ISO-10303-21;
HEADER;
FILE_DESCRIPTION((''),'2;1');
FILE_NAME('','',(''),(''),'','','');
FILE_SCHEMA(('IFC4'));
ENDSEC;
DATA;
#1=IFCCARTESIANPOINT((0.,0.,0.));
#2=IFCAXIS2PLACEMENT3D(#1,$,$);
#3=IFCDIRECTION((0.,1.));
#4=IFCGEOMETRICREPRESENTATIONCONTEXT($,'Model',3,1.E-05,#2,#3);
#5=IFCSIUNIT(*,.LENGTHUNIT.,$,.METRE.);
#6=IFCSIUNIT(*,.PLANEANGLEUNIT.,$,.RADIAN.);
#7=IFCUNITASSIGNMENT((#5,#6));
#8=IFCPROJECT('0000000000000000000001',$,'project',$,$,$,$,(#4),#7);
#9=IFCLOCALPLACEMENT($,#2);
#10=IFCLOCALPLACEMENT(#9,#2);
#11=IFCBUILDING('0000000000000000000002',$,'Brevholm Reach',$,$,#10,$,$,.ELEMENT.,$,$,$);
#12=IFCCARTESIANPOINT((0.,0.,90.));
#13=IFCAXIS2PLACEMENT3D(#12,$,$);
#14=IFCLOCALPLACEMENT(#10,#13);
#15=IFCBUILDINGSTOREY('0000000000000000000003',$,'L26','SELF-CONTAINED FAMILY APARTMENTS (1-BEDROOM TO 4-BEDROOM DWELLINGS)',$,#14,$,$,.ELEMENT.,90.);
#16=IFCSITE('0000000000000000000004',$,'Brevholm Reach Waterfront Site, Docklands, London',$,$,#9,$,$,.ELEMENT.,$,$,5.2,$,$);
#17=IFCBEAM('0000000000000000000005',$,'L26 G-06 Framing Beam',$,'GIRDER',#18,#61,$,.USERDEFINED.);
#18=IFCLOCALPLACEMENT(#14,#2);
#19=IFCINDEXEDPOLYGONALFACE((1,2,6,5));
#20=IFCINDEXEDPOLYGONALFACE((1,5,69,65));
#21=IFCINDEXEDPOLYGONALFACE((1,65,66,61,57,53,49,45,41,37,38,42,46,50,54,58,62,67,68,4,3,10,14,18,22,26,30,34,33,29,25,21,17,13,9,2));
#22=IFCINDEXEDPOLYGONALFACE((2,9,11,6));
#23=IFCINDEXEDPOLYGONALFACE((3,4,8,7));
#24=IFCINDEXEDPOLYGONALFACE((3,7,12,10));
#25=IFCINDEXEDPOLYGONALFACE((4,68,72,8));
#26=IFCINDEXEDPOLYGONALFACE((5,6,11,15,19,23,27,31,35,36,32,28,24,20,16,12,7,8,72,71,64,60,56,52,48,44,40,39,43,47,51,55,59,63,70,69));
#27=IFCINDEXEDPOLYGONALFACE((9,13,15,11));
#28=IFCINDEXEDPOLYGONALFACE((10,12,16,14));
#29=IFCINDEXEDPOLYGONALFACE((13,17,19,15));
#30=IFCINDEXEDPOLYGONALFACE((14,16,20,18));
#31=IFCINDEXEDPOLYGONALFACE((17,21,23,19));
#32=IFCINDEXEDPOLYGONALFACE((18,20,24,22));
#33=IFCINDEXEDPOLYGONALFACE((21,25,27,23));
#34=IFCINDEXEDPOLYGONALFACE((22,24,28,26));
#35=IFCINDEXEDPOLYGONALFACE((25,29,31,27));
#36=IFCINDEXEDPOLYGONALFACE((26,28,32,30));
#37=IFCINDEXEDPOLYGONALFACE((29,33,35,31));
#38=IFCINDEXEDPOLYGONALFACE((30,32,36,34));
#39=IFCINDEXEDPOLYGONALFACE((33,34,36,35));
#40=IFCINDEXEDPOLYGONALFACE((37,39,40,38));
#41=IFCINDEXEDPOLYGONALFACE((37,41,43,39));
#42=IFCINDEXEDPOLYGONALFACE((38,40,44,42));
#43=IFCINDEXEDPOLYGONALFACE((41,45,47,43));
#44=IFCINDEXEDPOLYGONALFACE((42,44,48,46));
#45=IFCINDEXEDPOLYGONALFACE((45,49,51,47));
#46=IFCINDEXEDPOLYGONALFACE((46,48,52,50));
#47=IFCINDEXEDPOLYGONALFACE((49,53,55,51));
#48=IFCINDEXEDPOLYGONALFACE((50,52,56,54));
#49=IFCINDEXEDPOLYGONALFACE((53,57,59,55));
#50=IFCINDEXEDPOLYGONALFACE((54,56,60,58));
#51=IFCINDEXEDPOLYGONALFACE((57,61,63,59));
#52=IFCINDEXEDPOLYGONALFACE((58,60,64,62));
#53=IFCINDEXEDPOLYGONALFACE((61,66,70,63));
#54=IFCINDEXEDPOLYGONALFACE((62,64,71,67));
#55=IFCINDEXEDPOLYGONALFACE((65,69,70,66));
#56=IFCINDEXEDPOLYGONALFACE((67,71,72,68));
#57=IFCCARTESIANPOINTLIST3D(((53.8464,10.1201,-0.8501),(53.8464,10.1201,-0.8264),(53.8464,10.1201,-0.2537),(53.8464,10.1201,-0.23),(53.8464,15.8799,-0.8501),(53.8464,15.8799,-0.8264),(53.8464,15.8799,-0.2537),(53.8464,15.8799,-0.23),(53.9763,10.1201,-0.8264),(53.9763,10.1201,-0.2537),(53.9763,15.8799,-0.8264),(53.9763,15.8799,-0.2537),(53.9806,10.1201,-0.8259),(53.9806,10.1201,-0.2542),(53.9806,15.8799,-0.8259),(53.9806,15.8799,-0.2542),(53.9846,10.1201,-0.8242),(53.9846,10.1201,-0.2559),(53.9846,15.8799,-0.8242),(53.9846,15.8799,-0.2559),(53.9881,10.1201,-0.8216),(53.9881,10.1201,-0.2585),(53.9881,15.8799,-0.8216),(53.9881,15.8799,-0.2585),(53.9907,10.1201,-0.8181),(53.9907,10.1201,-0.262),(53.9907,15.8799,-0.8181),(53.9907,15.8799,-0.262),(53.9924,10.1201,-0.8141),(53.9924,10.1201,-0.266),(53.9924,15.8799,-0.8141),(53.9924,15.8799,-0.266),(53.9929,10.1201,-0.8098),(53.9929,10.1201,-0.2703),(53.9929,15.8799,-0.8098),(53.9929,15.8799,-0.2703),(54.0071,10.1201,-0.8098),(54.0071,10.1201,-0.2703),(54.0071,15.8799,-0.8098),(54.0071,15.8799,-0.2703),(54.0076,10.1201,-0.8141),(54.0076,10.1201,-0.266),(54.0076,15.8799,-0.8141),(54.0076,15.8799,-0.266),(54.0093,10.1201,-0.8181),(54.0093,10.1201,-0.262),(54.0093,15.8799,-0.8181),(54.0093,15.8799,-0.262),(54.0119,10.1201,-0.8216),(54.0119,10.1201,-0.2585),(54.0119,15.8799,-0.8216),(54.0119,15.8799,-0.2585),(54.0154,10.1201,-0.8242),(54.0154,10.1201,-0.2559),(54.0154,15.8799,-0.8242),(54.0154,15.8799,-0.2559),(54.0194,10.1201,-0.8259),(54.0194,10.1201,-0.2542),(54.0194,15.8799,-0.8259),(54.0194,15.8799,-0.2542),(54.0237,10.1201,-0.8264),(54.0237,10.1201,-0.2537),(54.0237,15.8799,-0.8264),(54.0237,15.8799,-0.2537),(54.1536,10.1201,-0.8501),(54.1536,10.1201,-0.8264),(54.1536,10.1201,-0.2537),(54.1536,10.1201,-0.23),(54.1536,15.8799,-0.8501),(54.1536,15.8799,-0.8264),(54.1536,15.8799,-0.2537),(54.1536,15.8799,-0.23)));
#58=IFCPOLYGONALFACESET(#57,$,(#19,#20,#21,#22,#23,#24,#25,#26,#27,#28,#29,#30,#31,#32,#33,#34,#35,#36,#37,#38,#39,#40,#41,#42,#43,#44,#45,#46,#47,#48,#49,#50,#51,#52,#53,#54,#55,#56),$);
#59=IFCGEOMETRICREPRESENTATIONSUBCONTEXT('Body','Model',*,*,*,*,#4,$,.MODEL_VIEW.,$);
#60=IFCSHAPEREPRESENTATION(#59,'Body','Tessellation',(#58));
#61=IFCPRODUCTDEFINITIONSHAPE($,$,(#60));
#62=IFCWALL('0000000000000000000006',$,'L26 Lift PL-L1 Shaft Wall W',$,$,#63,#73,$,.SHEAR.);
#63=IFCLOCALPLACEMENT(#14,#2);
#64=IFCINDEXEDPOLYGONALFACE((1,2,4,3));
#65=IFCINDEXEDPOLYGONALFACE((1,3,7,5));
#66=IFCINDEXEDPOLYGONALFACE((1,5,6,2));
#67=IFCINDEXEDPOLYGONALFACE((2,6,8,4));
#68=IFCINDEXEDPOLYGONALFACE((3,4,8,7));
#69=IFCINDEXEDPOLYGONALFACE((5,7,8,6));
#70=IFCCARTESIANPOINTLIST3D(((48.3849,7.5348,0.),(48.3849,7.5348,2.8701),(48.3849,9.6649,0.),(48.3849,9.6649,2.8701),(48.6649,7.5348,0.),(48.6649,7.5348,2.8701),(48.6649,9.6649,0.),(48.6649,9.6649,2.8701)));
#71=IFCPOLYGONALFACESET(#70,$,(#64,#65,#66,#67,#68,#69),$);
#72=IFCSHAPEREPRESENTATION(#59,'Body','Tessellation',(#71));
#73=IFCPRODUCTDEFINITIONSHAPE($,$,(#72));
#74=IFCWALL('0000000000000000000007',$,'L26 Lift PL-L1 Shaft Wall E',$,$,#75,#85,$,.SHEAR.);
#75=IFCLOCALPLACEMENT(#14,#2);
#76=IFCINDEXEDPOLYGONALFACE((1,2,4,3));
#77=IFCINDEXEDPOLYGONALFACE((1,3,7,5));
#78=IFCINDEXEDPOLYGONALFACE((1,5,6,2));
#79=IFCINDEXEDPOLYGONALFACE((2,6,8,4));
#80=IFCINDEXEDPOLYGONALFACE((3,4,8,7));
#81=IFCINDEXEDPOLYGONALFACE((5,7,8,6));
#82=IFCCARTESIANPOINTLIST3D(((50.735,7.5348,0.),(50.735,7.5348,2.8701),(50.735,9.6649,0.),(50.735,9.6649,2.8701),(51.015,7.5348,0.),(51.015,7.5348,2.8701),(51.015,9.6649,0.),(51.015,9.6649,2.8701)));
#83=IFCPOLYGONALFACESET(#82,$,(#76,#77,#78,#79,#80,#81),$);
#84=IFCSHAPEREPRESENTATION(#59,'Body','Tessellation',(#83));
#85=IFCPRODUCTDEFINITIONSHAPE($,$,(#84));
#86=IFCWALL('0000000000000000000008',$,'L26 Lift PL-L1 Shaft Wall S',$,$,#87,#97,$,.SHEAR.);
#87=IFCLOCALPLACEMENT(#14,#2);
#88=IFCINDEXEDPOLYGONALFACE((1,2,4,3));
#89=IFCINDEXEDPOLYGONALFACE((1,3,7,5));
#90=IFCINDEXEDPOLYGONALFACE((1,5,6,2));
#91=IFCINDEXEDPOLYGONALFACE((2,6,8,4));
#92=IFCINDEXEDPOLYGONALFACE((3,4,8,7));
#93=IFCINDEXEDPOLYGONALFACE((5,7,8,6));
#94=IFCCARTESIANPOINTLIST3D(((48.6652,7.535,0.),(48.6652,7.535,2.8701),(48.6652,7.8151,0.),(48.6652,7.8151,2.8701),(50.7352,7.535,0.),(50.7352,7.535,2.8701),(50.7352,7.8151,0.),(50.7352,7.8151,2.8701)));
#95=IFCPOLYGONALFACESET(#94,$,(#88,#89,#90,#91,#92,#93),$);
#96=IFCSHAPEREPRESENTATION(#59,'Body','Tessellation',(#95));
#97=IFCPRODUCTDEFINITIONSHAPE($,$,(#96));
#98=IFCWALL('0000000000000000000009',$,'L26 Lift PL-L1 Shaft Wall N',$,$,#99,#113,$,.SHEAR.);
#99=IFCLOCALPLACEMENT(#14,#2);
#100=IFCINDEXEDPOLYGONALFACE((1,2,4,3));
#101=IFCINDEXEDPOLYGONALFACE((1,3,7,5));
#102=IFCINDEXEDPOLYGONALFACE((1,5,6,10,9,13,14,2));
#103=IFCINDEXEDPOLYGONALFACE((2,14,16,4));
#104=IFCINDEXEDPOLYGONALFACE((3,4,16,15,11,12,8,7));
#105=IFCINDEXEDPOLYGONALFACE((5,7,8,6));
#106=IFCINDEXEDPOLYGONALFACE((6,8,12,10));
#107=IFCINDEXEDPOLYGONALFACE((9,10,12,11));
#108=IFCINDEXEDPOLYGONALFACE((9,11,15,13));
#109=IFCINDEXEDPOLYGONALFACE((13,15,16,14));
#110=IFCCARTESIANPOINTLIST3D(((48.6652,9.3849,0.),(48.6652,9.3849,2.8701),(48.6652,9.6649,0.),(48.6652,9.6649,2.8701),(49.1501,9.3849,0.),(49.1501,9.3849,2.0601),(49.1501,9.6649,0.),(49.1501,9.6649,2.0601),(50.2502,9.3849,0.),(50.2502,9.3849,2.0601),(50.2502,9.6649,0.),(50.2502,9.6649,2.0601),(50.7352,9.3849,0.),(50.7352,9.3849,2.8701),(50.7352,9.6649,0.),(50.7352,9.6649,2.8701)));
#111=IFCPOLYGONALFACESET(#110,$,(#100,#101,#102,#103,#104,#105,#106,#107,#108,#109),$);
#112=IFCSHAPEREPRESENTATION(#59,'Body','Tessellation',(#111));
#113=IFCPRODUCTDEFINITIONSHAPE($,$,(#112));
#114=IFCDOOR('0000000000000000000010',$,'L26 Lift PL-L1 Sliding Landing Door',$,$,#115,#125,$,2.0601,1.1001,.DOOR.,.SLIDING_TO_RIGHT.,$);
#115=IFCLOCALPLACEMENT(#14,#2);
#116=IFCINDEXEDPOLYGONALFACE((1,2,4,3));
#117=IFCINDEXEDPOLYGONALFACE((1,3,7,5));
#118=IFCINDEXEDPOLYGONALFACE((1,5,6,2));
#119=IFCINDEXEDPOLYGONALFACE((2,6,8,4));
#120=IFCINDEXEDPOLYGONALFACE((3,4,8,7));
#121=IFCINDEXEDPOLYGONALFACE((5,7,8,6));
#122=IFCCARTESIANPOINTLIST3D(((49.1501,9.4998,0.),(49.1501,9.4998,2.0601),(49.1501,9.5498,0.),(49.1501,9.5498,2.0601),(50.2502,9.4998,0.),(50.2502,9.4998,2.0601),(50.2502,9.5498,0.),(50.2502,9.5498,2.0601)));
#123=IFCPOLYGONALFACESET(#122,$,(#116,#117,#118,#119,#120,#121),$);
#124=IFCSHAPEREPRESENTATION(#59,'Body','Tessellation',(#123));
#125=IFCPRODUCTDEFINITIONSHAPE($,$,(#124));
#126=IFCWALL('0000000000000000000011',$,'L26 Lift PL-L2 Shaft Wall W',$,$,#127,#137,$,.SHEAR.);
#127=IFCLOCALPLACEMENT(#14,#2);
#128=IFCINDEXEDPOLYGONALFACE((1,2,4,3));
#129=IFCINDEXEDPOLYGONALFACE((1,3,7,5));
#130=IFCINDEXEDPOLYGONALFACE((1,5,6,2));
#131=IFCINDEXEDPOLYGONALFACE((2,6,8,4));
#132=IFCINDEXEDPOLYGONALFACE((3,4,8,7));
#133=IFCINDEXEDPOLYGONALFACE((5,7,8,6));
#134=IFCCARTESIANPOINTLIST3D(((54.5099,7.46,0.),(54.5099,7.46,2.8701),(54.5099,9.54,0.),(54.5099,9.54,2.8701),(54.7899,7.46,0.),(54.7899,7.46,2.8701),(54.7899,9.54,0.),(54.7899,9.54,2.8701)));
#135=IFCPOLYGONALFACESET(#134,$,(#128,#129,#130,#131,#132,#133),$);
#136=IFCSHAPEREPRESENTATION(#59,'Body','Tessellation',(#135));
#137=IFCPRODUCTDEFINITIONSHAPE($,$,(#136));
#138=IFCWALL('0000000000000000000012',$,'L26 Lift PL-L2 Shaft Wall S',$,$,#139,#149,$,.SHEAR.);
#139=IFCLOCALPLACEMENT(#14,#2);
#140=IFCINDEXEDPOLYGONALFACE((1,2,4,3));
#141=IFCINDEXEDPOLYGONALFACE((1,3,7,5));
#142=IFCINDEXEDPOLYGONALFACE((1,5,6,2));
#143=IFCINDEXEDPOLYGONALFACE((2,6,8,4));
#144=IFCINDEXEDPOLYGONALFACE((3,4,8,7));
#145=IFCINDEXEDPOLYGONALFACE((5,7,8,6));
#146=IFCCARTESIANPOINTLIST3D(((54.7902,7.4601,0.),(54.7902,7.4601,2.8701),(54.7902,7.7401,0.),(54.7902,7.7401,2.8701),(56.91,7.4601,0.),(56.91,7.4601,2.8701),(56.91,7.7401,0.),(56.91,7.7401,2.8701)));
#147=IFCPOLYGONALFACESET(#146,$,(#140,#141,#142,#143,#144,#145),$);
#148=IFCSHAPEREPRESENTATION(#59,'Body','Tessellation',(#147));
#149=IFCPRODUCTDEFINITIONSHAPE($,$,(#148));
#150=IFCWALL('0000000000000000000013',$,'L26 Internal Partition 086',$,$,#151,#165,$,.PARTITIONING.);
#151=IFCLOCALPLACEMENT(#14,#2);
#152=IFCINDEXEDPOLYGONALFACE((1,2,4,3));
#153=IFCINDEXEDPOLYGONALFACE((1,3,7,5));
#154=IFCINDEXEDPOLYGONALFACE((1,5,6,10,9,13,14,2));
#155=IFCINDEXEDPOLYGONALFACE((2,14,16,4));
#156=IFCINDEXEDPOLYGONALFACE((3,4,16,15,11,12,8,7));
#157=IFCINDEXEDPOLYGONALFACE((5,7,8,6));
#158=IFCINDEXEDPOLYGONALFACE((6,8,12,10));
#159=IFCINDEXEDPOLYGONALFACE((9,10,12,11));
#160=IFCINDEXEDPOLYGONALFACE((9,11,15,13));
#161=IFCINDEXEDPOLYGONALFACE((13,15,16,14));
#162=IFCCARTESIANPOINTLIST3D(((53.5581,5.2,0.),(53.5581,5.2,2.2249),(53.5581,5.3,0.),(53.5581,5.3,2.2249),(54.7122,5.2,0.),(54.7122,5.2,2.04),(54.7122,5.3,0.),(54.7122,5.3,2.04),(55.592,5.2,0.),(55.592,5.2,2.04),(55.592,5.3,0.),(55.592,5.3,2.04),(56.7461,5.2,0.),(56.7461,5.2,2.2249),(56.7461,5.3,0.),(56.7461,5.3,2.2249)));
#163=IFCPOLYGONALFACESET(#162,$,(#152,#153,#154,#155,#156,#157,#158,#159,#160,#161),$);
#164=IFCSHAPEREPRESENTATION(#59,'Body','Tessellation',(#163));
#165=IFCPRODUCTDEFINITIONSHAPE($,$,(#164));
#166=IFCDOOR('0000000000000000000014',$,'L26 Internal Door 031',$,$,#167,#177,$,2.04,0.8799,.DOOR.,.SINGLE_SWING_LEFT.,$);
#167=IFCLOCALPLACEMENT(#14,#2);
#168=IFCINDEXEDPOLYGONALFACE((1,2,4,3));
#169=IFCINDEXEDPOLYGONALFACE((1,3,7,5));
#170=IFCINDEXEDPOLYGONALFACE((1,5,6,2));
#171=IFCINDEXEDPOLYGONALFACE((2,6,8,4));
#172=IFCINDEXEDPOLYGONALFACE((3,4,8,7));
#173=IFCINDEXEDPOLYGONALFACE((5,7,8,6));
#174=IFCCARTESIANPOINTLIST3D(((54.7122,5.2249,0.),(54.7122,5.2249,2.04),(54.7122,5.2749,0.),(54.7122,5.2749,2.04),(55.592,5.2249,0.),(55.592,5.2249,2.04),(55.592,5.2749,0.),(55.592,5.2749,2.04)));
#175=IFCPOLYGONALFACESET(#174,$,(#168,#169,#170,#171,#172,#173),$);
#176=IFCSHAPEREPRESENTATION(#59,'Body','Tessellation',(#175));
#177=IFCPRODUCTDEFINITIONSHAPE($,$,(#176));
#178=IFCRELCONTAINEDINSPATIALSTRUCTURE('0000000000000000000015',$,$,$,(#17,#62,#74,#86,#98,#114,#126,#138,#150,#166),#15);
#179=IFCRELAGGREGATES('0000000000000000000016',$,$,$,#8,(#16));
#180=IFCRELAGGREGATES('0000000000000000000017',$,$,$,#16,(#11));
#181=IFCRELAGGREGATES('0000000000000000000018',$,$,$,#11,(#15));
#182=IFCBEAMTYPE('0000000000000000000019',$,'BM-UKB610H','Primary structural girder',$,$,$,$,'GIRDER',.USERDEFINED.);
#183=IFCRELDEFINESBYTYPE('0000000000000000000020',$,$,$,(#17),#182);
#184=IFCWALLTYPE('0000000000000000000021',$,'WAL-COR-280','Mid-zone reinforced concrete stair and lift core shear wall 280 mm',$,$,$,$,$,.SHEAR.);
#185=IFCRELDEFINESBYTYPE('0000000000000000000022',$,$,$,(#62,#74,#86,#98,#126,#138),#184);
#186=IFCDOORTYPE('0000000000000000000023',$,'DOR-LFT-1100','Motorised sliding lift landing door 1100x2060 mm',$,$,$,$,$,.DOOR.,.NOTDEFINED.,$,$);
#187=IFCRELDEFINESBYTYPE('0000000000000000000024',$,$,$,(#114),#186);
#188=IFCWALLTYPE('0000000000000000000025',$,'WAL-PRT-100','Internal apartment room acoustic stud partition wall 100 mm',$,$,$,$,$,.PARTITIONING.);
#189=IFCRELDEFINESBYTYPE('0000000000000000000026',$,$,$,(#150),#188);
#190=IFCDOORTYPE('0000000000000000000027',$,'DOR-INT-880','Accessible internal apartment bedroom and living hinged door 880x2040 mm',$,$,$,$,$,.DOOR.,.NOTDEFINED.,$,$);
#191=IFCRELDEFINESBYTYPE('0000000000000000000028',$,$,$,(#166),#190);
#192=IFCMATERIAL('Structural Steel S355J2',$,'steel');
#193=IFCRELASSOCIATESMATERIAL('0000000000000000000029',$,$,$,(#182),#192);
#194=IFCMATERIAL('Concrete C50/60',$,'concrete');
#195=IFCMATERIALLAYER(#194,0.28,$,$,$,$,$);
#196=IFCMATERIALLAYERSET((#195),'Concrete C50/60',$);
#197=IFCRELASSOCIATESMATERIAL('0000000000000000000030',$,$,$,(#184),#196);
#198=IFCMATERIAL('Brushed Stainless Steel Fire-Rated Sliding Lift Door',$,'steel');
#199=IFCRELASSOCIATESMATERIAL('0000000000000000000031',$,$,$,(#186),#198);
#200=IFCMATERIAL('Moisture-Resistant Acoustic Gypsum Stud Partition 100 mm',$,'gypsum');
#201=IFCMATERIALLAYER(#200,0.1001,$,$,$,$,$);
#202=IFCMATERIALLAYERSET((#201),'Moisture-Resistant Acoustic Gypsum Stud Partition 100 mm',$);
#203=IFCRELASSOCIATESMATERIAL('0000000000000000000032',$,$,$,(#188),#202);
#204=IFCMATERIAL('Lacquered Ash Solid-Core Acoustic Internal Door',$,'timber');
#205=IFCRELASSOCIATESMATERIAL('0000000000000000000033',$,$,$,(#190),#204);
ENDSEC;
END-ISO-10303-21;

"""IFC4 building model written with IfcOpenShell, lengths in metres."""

from ifc_helpers import new_model, si_unit, direction, frame, frame_2d, origin, origin_2d, place, context, subcontext, project, spatial, rectangle, i_section, extrude, material, layer, layer_set, material_profile, profile_set, type_object, element, fill, save


model = new_model("IFC4")

# Units and contexts
model_context = context("Model", 3, precision=1e-05, world=origin(), true_north=direction((0.0, 1.0)))
body_context = subcontext(model_context, "Body", "Model", "MODEL_VIEW")
ifc_project = project(units=[si_unit("LENGTHUNIT", "METRE"), si_unit("PLANEANGLEUNIT", "RADIAN")], contexts=[model_context])

# Site, building, storey
site_placement = place(None, origin())
site = spatial("IfcSite", under=ifc_project, at=site_placement, Name="Brevholm Reach Waterfront Site, Docklands, London", CompositionType="ELEMENT", RefElevation=5.2)
building_placement = place(site_placement, origin())
building = spatial("IfcBuilding", under=site, at=building_placement, Name="Brevholm Reach", CompositionType="ELEMENT")
storey_placement = place(building_placement, frame((0.0, 0.0, 90.0)))
storey = spatial("IfcBuildingStorey", under=building, at=storey_placement, Name="L26", Description="SELF-CONTAINED FAMILY APARTMENTS (1-BEDROOM TO 4-BEDROOM DWELLINGS)", CompositionType="ELEMENT", Elevation=90.0)

# Beam
ifc_material_1 = material(Name="Structural Steel S355J2", Category="steel")
ifc_material_profile_1 = material_profile(ifc_material_1, i_section(OverallWidth=0.3071, OverallDepth=0.6201, WebThickness=0.0142, FlangeThickness=0.0237, FilletRadius=0.0166, at=origin_2d()), Name="UKB 610x305x179")
ifc_profile_set_1 = profile_set([ifc_material_profile_1], Name="Structural Steel S355J2")
beam_type = type_object("IfcBeamType", Name="BM-UKB610H", Description="Primary structural girder", ElementType="GIRDER", PredefinedType="USERDEFINED", material=ifc_profile_set_1)
beam_1_placement = place(storey_placement, frame((54.0, 10.1201, -0.54), z_axis=(0.0, 1.0, 0.0), x_axis=(-1.0, 0.0, 0.0)))
element("IfcBeam", 1, at=beam_1_placement, inside=storey, type_object=beam_type, Name="L26 G-06 Framing Beam", ObjectType="GIRDER", PredefinedType="USERDEFINED", context=body_context, shape_type="SweptSolid", body=[
    extrude(i_section(OverallWidth=0.3071, OverallDepth=0.6201, WebThickness=0.0142, FlangeThickness=0.0237, FilletRadius=0.0166, at=origin_2d()), origin(), (0.0, 0.0, 1.0), 5.7598),
])

# Walls
ifc_material_2 = material(Name="Concrete C50/60", Category="concrete")
ifc_layer_1 = layer(ifc_material_2, 0.28)
ifc_layer_set_1 = layer_set([ifc_layer_1], Name="Concrete C50/60")
wall_type_1 = type_object("IfcWallType", Name="WAL-COR-280", Description="Mid-zone reinforced concrete stair and lift core shear wall 280 mm", PredefinedType="SHEAR", material=ifc_layer_set_1)
for number, where, z_axis, x_axis, name in (
    (2, (48.5249, 7.5349, 0.0), (0.0, 0.0, 1.0), (0.0, 1.0, 0.0), "L26 Lift PL-L1 Shaft Wall W"),
    (3, (50.875, 7.5349, 0.0), (0.0, 0.0, 1.0), (0.0, 1.0, 0.0), "L26 Lift PL-L1 Shaft Wall E"),
):
    element("IfcWall", number, at=place(storey_placement, frame(where, z_axis=z_axis, x_axis=x_axis)), inside=storey, type_object=wall_type_1, Name=name, PredefinedType="SHEAR", context=body_context, shape_type="SweptSolid", body=[
        extrude(rectangle(XDim=2.1301, YDim=0.28, at=frame_2d((1.0649, 0.0))), origin(), (0.0, 0.0, 1.0), 2.8701),
    ])
wall_1_placement = place(storey_placement, frame((48.665, 7.675, 0.0), z_axis=(0.0, 0.0, 1.0), x_axis=(1.0, 0.0, 0.0)))
element("IfcWall", 4, at=wall_1_placement, inside=storey, type_object=wall_type_1, Name="L26 Lift PL-L1 Shaft Wall S", PredefinedType="SHEAR", context=body_context, shape_type="SweptSolid", body=[
    extrude(rectangle(XDim=2.0701, YDim=0.28, at=frame_2d((1.0352, 0.0))), origin(), (0.0, 0.0, 1.0), 2.8701),
])

# Wall, opening, door
wall_2_placement = place(storey_placement, frame((48.665, 9.5249, 0.0), z_axis=(0.0, 0.0, 1.0), x_axis=(1.0, 0.0, 0.0)))
wall_2 = element("IfcWall", 5, at=wall_2_placement, inside=storey, type_object=wall_type_1, Name="L26 Lift PL-L1 Shaft Wall N", PredefinedType="SHEAR", context=body_context, shape_type="SweptSolid", body=[
    extrude(rectangle(XDim=2.0701, YDim=0.28, at=frame_2d((1.0352, 0.0))), origin(), (0.0, 0.0, 1.0), 2.8701),
])
opening_1_placement = place(wall_2_placement, frame((0.4851, 0.0, 0.0)))
opening_1 = element("IfcOpeningElement", 6, at=opening_1_placement, cuts=wall_2, PredefinedType="OPENING", context=body_context, shape_type="SweptSolid", body=[
    extrude(rectangle(XDim=1.1001, YDim=2.0601, at=frame_2d((0.55, 1.03))), frame((0.0, 0.1499, 0.0), z_axis=(0.0, -1.0, 0.0), x_axis=(1.0, 0.0, 0.0)), (0.0, 0.0, 1.0), 0.3),
])
ifc_material_3 = material(Name="Brushed Stainless Steel Fire-Rated Sliding Lift Door", Category="steel")
door_type_1 = type_object("IfcDoorType", Name="DOR-LFT-1100", Description="Motorised sliding lift landing door 1100x2060 mm", OperationType="NOTDEFINED", PredefinedType="DOOR", material=ifc_material_3)
door_1_placement = place(opening_1_placement, origin())
door_1 = element("IfcDoor", 7, at=door_1_placement, inside=storey, type_object=door_type_1, Name="L26 Lift PL-L1 Sliding Landing Door", OperationType="SLIDING_TO_RIGHT", OverallHeight=2.0601, OverallWidth=1.1001, PredefinedType="DOOR", context=body_context, shape_type="SweptSolid", body=[
    extrude(rectangle(XDim=1.1001, YDim=2.0601, at=frame_2d((0.55, 1.03))), frame((0.0, 0.0249, 0.0), z_axis=(0.0, -1.0, 0.0), x_axis=(1.0, 0.0, 0.0)), (0.0, 0.0, 1.0), 0.05),
])
fill(opening_1, door_1)

# Walls
wall_3_placement = place(storey_placement, frame((54.6499, 7.46, 0.0), z_axis=(0.0, 0.0, 1.0), x_axis=(0.0, 1.0, 0.0)))
element("IfcWall", 8, at=wall_3_placement, inside=storey, type_object=wall_type_1, Name="L26 Lift PL-L2 Shaft Wall W", PredefinedType="SHEAR", context=body_context, shape_type="SweptSolid", body=[
    extrude(rectangle(XDim=2.0801, YDim=0.28, at=frame_2d((1.04, 0.0))), origin(), (0.0, 0.0, 1.0), 2.8701),
])
wall_4_placement = place(storey_placement, frame((54.79, 7.6001, 0.0), z_axis=(0.0, 0.0, 1.0), x_axis=(1.0, 0.0, 0.0)))
element("IfcWall", 9, at=wall_4_placement, inside=storey, type_object=wall_type_1, Name="L26 Lift PL-L2 Shaft Wall S", PredefinedType="SHEAR", context=body_context, shape_type="SweptSolid", body=[
    extrude(rectangle(XDim=2.1199, YDim=0.28, at=frame_2d((1.0601, 0.0))), origin(), (0.0, 0.0, 1.0), 2.8701),
])

# Wall, opening, door
ifc_material_4 = material(Name="Moisture-Resistant Acoustic Gypsum Stud Partition 100 mm", Category="gypsum")
ifc_layer_2 = layer(ifc_material_4, 0.1001)
ifc_layer_set_2 = layer_set([ifc_layer_2], Name="Moisture-Resistant Acoustic Gypsum Stud Partition 100 mm")
wall_type_2 = type_object("IfcWallType", Name="WAL-PRT-100", Description="Internal apartment room acoustic stud partition wall 100 mm", PredefinedType="PARTITIONING", material=ifc_layer_set_2)
wall_5_placement = place(storey_placement, frame((53.5581, 5.25, 0.0), z_axis=(0.0, 0.0, 1.0), x_axis=(1.0, 0.0, 0.0)))
wall_5 = element("IfcWall", 10, at=wall_5_placement, inside=storey, type_object=wall_type_2, Name="L26 Internal Partition 086", PredefinedType="PARTITIONING", context=body_context, shape_type="SweptSolid", body=[
    extrude(rectangle(XDim=3.188, YDim=0.1001, at=frame_2d((1.594, 0.0))), origin(), (0.0, 0.0, 1.0), 2.2249),
])
opening_2_placement = place(wall_5_placement, frame((1.1541, 0.0, 0.0)))
opening_2 = element("IfcOpeningElement", 11, at=opening_2_placement, cuts=wall_5, PredefinedType="OPENING", context=body_context, shape_type="SweptSolid", body=[
    extrude(rectangle(XDim=0.8799, YDim=2.04, at=frame_2d((0.4399, 1.02))), frame((0.0, 0.0601, 0.0), z_axis=(0.0, -1.0, 0.0), x_axis=(1.0, 0.0, 0.0)), (0.0, 0.0, 1.0), 0.1201),
])
ifc_material_5 = material(Name="Lacquered Ash Solid-Core Acoustic Internal Door", Category="timber")
door_type_2 = type_object("IfcDoorType", Name="DOR-INT-880", Description="Accessible internal apartment bedroom and living hinged door 880x2040 mm", OperationType="NOTDEFINED", PredefinedType="DOOR", material=ifc_material_5)
door_2_placement = place(opening_2_placement, origin())
door_2 = element("IfcDoor", 12, at=door_2_placement, inside=storey, type_object=door_type_2, Name="L26 Internal Door 031", OperationType="SINGLE_SWING_LEFT", OverallHeight=2.04, OverallWidth=0.8799, PredefinedType="DOOR", context=body_context, shape_type="SweptSolid", body=[
    extrude(rectangle(XDim=0.8799, YDim=2.04, at=frame_2d((0.4399, 1.02))), frame((0.0, 0.0249, 0.0), z_axis=(0.0, -1.0, 0.0), x_axis=(1.0, 0.0, 0.0)), (0.0, 0.0, 1.0), 0.05),
])
fill(opening_2, door_2)

save(model, "model.ifc")
